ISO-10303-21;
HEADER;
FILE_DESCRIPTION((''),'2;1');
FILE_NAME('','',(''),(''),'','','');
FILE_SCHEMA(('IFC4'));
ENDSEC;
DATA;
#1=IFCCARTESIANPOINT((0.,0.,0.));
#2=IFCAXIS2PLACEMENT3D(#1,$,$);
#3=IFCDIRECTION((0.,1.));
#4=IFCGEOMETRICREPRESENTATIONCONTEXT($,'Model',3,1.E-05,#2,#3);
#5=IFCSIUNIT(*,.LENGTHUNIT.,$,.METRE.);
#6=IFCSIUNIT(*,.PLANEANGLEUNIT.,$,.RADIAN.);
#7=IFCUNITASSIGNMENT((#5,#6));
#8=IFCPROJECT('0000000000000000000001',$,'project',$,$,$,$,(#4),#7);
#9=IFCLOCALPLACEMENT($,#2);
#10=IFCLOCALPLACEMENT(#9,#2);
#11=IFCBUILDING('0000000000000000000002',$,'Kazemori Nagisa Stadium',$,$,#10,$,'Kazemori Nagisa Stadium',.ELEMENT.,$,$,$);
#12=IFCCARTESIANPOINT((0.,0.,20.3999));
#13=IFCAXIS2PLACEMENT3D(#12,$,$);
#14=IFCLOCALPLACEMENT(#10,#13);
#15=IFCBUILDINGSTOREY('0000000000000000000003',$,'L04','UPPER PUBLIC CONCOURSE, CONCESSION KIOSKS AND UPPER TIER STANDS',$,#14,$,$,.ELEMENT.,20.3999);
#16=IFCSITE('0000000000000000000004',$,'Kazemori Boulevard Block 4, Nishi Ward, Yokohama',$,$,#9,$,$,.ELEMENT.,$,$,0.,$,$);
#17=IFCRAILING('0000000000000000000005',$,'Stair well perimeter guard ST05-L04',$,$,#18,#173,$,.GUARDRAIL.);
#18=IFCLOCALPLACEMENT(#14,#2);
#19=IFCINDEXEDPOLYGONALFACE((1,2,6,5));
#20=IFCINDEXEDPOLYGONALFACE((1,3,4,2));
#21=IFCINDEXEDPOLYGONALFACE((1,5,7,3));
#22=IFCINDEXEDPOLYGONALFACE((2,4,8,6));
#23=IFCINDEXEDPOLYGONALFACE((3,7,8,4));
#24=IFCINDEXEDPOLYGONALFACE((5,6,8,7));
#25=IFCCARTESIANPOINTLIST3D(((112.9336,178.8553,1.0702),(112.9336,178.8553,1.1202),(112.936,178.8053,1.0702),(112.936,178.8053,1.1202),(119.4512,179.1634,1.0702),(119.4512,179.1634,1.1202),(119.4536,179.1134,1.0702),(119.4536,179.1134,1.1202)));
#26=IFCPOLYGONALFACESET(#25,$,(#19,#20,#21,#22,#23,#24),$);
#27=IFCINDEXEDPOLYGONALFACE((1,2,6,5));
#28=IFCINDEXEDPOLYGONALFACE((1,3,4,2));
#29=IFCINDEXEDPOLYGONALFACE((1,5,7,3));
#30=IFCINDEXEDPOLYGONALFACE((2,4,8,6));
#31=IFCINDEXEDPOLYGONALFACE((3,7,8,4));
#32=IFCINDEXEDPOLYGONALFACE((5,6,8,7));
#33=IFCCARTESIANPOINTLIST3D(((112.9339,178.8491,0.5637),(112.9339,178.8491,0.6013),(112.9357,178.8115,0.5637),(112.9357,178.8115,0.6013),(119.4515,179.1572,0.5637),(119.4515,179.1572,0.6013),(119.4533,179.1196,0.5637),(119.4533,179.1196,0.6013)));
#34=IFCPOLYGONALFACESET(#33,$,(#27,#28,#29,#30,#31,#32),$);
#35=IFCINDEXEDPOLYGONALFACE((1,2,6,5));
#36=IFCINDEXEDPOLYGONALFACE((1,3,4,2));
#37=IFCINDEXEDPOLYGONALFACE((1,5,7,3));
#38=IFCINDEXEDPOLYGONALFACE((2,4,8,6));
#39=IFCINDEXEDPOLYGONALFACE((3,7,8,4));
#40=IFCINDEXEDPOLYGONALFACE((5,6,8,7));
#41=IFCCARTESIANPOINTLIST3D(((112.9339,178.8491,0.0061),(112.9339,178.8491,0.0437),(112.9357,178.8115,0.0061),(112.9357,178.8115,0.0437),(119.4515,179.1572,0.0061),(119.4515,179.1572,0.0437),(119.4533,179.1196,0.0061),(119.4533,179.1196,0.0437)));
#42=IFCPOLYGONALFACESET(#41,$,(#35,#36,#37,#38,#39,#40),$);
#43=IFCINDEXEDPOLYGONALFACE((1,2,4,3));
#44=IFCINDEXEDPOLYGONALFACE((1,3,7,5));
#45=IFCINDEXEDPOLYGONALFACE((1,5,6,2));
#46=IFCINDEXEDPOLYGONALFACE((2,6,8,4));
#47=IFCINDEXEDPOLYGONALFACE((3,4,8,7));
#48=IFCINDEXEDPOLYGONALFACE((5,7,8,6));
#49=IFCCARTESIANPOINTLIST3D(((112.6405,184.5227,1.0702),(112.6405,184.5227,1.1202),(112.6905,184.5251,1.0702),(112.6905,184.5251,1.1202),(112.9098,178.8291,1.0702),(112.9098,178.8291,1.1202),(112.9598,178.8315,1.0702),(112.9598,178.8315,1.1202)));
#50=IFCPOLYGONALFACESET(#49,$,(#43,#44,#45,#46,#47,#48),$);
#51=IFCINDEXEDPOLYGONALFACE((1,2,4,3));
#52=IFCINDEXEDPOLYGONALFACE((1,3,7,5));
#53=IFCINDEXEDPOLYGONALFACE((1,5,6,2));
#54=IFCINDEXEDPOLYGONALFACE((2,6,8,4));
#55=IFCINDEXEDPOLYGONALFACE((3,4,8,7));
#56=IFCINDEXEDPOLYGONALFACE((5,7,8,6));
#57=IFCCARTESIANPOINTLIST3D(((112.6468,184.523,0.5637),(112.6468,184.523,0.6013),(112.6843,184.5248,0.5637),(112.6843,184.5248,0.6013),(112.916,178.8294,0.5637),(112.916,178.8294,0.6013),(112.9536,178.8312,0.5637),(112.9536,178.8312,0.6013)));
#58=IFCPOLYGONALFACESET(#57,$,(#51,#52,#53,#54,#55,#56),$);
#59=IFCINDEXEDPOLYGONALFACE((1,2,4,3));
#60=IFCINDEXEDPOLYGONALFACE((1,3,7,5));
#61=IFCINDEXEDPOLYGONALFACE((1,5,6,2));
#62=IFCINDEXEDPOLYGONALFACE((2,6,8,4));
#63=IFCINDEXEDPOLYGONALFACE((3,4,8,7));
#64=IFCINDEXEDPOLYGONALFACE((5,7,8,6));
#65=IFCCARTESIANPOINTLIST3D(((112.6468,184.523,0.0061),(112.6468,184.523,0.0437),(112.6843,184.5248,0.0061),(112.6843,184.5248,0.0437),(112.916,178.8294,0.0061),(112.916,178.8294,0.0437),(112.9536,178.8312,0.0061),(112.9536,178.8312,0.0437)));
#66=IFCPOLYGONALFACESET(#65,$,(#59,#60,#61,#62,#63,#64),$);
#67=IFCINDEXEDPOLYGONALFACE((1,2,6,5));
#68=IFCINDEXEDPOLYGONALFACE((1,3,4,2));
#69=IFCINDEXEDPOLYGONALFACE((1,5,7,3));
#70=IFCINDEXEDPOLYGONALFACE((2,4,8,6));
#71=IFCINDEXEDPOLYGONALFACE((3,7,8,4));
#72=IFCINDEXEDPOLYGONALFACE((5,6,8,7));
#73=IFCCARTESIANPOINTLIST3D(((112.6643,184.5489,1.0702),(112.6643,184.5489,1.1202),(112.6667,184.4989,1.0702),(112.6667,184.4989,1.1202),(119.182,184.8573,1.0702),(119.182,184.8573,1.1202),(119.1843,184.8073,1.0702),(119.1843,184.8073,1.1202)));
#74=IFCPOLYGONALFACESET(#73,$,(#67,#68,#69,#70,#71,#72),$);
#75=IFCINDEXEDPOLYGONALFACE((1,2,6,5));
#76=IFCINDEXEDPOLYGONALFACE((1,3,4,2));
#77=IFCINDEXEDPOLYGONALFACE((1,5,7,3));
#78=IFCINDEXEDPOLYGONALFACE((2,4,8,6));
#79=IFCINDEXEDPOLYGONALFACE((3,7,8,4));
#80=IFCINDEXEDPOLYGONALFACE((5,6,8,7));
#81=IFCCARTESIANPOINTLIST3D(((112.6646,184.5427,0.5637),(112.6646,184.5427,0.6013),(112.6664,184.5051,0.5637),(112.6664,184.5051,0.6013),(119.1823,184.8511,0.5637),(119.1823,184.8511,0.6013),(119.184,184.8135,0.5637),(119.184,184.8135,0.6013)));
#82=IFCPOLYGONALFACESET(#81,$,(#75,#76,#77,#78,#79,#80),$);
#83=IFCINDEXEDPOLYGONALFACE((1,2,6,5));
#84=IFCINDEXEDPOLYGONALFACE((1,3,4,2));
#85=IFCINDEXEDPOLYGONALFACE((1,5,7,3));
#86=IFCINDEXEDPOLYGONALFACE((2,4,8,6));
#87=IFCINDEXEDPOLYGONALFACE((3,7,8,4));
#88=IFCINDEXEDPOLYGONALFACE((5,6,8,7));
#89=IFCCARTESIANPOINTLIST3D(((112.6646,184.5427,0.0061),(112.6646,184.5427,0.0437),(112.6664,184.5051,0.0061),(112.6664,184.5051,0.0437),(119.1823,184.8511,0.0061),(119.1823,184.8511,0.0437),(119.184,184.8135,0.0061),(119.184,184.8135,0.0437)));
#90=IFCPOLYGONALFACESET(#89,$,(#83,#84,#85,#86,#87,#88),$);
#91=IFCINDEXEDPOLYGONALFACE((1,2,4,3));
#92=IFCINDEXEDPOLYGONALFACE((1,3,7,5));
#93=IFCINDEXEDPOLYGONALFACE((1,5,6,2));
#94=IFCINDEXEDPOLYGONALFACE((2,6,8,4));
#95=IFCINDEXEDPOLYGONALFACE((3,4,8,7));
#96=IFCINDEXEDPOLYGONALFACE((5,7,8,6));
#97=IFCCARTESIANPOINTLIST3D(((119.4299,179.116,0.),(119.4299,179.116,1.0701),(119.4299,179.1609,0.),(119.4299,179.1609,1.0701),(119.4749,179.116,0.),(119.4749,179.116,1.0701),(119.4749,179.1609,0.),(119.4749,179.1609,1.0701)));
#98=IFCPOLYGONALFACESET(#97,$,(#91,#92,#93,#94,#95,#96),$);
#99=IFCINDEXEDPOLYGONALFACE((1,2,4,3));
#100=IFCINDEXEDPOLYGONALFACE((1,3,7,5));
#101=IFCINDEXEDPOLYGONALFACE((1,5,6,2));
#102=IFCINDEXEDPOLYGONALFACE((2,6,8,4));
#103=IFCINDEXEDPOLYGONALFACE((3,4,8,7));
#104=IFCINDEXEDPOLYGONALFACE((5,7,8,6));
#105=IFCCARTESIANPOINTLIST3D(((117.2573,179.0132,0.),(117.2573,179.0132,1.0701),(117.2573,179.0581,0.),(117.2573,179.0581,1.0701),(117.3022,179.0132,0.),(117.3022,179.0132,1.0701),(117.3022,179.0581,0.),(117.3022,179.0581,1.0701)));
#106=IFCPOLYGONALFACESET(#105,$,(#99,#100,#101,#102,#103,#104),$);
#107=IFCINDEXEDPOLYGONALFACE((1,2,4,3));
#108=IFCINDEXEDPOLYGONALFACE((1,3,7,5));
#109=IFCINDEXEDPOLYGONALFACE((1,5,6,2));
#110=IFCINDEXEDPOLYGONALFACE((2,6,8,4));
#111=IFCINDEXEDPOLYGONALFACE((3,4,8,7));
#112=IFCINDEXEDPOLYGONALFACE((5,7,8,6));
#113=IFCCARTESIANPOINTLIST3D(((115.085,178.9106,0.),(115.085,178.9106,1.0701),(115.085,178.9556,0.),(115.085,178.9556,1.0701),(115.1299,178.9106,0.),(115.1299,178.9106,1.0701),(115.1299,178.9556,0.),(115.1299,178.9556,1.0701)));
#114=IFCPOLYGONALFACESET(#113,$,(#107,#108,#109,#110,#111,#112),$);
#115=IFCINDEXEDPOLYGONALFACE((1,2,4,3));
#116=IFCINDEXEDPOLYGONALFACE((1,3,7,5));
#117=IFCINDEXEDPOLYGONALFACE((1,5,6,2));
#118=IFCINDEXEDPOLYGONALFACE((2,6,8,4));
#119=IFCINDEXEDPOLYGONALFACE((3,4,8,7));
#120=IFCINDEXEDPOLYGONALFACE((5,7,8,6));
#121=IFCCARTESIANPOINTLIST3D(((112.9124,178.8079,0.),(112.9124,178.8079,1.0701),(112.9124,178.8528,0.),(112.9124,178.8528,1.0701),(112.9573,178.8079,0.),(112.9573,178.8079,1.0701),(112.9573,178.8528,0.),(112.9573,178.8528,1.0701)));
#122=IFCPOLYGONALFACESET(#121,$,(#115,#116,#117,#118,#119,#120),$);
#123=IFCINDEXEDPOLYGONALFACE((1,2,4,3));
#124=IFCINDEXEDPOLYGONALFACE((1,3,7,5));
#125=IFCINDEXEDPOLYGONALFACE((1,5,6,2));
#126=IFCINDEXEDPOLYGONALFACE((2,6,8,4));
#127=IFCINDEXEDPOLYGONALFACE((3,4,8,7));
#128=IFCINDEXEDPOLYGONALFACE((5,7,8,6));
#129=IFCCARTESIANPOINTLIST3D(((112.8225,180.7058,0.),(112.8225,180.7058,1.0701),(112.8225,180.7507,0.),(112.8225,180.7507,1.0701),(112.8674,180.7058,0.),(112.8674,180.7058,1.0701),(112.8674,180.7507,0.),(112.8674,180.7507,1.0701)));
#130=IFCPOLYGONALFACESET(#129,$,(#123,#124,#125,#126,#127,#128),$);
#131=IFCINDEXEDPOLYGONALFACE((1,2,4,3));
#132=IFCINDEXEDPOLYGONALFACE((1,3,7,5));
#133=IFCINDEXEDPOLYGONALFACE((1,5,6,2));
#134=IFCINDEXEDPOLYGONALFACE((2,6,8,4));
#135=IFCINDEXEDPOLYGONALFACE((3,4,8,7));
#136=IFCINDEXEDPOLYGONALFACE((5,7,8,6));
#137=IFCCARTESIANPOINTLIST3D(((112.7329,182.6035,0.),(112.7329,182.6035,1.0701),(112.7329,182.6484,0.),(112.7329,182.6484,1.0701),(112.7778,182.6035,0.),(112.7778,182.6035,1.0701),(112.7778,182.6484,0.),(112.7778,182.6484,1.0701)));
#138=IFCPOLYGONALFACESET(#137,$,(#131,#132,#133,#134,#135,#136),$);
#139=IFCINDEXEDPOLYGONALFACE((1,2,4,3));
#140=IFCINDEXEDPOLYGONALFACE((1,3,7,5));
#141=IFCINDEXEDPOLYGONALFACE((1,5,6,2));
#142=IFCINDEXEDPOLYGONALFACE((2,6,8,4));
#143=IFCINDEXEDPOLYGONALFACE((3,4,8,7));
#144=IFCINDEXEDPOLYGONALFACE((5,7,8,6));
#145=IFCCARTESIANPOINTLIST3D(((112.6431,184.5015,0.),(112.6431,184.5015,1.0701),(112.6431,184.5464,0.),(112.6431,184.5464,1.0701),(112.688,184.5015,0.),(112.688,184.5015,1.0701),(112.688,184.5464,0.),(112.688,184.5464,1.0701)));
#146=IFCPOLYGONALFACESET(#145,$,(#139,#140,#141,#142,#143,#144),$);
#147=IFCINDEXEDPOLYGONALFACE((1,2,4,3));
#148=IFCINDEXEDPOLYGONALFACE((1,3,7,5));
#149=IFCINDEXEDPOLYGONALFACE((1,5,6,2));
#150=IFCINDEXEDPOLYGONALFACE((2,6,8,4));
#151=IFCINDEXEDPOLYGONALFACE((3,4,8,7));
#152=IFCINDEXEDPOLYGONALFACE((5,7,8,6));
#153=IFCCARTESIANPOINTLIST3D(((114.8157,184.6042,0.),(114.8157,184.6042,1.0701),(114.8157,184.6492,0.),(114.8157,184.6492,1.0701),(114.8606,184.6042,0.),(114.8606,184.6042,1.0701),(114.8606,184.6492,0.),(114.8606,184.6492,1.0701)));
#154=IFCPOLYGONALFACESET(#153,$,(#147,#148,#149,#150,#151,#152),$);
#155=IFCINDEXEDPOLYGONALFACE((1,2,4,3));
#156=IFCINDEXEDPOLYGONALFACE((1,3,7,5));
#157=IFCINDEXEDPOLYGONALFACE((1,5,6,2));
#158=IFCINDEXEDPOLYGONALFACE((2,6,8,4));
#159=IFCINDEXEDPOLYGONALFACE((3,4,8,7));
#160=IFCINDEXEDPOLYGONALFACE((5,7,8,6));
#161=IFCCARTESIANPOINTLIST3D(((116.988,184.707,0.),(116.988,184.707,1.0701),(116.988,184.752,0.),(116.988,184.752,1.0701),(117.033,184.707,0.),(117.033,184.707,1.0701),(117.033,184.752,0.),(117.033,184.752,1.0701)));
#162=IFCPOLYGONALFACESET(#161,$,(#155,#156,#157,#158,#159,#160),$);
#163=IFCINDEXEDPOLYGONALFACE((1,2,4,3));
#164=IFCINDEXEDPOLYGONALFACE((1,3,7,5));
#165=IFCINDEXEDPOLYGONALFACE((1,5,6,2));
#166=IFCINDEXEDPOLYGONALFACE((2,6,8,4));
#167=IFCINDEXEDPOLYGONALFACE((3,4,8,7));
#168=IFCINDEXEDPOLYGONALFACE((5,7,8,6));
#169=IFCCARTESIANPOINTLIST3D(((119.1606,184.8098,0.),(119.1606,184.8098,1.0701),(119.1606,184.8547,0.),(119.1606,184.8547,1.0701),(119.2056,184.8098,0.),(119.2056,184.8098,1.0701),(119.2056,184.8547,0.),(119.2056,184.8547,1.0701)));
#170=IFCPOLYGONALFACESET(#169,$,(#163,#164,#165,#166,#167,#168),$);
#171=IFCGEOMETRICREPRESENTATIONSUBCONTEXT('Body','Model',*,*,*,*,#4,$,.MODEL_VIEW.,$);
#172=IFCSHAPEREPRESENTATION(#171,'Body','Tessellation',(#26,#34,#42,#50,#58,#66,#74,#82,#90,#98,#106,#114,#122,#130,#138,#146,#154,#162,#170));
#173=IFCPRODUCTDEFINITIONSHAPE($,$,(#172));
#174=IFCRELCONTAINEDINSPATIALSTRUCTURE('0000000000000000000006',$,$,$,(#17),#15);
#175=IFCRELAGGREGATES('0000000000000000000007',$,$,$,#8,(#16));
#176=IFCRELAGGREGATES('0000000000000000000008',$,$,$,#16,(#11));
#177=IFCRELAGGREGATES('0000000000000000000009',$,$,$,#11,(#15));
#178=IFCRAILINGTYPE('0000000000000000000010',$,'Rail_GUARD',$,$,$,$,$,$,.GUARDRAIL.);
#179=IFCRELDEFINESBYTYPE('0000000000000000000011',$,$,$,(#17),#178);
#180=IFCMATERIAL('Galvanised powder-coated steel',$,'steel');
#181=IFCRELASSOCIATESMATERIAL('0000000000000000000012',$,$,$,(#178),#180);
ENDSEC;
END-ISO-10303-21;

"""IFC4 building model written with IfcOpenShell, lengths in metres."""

from ifc_helpers import new_model, si_unit, direction, frame, origin, origin_2d, place, context, subcontext, project, spatial, rectangle, extrude, material, type_object, element, save


model = new_model("IFC4")

# Units and contexts
model_context = context("Model", 3, precision=1e-05, world=origin(), true_north=direction((0.0, 1.0)))
body_context = subcontext(model_context, "Body", "Model", "MODEL_VIEW")
ifc_project = project(units=[si_unit("LENGTHUNIT", "METRE"), si_unit("PLANEANGLEUNIT", "RADIAN")], contexts=[model_context])

# Site, building, storey
site_placement = place(None, origin())
site = spatial("IfcSite", under=ifc_project, at=site_placement, Name="Kazemori Boulevard Block 4, Nishi Ward, Yokohama", CompositionType="ELEMENT", RefElevation=0.0)
building_placement = place(site_placement, origin())
building = spatial("IfcBuilding", under=site, at=building_placement, Name="Kazemori Nagisa Stadium", LongName="Kazemori Nagisa Stadium", CompositionType="ELEMENT")
storey_placement = place(building_placement, frame((0.0, 0.0, 20.3999)))
storey = spatial("IfcBuildingStorey", under=building, at=storey_placement, Name="L04", Description="UPPER PUBLIC CONCOURSE, CONCESSION KIOSKS AND UPPER TIER STANDS", CompositionType="ELEMENT", Elevation=20.3999)

# Railing
ifc_material_1 = material(Name="Galvanised powder-coated steel", Category="steel")
railing_type_1 = type_object("IfcRailingType", Name="Rail_GUARD", PredefinedType="GUARDRAIL", material=ifc_material_1)
railing_1_placement = place(storey_placement, frame((119.4524, 179.1384, 0.0)))
element("IfcRailing", 1, at=railing_1_placement, inside=storey, type_object=railing_type_1, Name="Stair well perimeter guard ST05-L04", PredefinedType="GUARDRAIL", context=body_context, shape_type="SweptSolid", body=[
    extrude(rectangle(XDim=0.05, YDim=0.05, at=origin_2d()), frame((0.0, 0.0, 1.0952), z_axis=(-0.998885, -0.04722, 0.0), x_axis=(0.04722, -0.998885, 0.0)), (0.0, 0.0, 1.0), 6.5249),
    extrude(rectangle(XDim=0.0376, YDim=0.0376, at=origin_2d()), frame((0.0, 0.0, 0.5825), z_axis=(-0.998885, -0.04722, 0.0), x_axis=(0.04722, -0.998885, 0.0)), (0.0, 0.0, 1.0), 6.5249),
    extrude(rectangle(XDim=0.0376, YDim=0.0376, at=origin_2d()), frame((0.0, 0.0, 0.0249), z_axis=(-0.998885, -0.04722, 0.0), x_axis=(0.04722, -0.998885, 0.0)), (0.0, 0.0, 1.0), 6.5249),
    extrude(rectangle(XDim=0.05, YDim=0.05, at=origin_2d()), frame((-6.5176, -0.3081, 1.0952), z_axis=(-0.047244, 0.998883, 0.0), x_axis=(-0.998883, -0.047244, 0.0)), (0.0, 0.0, 1.0), 5.7),
    extrude(rectangle(XDim=0.0376, YDim=0.0376, at=origin_2d()), frame((-6.5176, -0.3081, 0.5825), z_axis=(-0.047244, 0.998883, 0.0), x_axis=(-0.998883, -0.047244, 0.0)), (0.0, 0.0, 1.0), 5.7),
    extrude(rectangle(XDim=0.0376, YDim=0.0376, at=origin_2d()), frame((-6.5176, -0.3081, 0.0249), z_axis=(-0.047244, 0.998883, 0.0), x_axis=(-0.998883, -0.047244, 0.0)), (0.0, 0.0, 1.0), 5.7),
    extrude(rectangle(XDim=0.05, YDim=0.05, at=origin_2d()), frame((-6.7869, 5.3855, 1.0952), z_axis=(0.998883, 0.047258, 0.0), x_axis=(-0.047258, 0.998883, 0.0)), (0.0, 0.0, 1.0), 6.5249),
    extrude(rectangle(XDim=0.0376, YDim=0.0376, at=origin_2d()), frame((-6.7869, 5.3855, 0.5825), z_axis=(0.998883, 0.047258, 0.0), x_axis=(-0.047258, 0.998883, 0.0)), (0.0, 0.0, 1.0), 6.5249),
    extrude(rectangle(XDim=0.0376, YDim=0.0376, at=origin_2d()), frame((-6.7869, 5.3855, 0.0249), z_axis=(0.998883, 0.047258, 0.0), x_axis=(-0.047258, 0.998883, 0.0)), (0.0, 0.0, 1.0), 6.5249),
    extrude(rectangle(XDim=0.0449, YDim=0.0449, at=origin_2d()), origin(), (0.0, 0.0, 1.0), 1.0701),
    extrude(rectangle(XDim=0.0449, YDim=0.0449, at=origin_2d()), frame((-2.1726, -0.1028, 0.0)), (0.0, 0.0, 1.0), 1.0701),
    extrude(rectangle(XDim=0.0449, YDim=0.0449, at=origin_2d()), frame((-4.345, -0.2053, 0.0)), (0.0, 0.0, 1.0), 1.0701),
    extrude(rectangle(XDim=0.0449, YDim=0.0449, at=origin_2d()), frame((-6.5176, -0.3081, 0.0)), (0.0, 0.0, 1.0), 1.0701),
    extrude(rectangle(XDim=0.0449, YDim=0.0449, at=origin_2d()), frame((-6.6074, 1.5898, 0.0)), (0.0, 0.0, 1.0), 1.0701),
    extrude(rectangle(XDim=0.0449, YDim=0.0449, at=origin_2d()), frame((-6.697, 3.4875, 0.0)), (0.0, 0.0, 1.0), 1.0701),
    extrude(rectangle(XDim=0.0449, YDim=0.0449, at=origin_2d()), frame((-6.7869, 5.3855, 0.0)), (0.0, 0.0, 1.0), 1.0701),
    extrude(rectangle(XDim=0.0449, YDim=0.0449, at=origin_2d()), frame((-4.6143, 5.4883, 0.0)), (0.0, 0.0, 1.0), 1.0701),
    extrude(rectangle(XDim=0.0449, YDim=0.0449, at=origin_2d()), frame((-2.4419, 5.5911, 0.0)), (0.0, 0.0, 1.0), 1.0701),
    extrude(rectangle(XDim=0.0449, YDim=0.0449, at=origin_2d()), frame((-0.2693, 5.6938, 0.0)), (0.0, 0.0, 1.0), 1.0701),
])

save(model, "model.ifc")
